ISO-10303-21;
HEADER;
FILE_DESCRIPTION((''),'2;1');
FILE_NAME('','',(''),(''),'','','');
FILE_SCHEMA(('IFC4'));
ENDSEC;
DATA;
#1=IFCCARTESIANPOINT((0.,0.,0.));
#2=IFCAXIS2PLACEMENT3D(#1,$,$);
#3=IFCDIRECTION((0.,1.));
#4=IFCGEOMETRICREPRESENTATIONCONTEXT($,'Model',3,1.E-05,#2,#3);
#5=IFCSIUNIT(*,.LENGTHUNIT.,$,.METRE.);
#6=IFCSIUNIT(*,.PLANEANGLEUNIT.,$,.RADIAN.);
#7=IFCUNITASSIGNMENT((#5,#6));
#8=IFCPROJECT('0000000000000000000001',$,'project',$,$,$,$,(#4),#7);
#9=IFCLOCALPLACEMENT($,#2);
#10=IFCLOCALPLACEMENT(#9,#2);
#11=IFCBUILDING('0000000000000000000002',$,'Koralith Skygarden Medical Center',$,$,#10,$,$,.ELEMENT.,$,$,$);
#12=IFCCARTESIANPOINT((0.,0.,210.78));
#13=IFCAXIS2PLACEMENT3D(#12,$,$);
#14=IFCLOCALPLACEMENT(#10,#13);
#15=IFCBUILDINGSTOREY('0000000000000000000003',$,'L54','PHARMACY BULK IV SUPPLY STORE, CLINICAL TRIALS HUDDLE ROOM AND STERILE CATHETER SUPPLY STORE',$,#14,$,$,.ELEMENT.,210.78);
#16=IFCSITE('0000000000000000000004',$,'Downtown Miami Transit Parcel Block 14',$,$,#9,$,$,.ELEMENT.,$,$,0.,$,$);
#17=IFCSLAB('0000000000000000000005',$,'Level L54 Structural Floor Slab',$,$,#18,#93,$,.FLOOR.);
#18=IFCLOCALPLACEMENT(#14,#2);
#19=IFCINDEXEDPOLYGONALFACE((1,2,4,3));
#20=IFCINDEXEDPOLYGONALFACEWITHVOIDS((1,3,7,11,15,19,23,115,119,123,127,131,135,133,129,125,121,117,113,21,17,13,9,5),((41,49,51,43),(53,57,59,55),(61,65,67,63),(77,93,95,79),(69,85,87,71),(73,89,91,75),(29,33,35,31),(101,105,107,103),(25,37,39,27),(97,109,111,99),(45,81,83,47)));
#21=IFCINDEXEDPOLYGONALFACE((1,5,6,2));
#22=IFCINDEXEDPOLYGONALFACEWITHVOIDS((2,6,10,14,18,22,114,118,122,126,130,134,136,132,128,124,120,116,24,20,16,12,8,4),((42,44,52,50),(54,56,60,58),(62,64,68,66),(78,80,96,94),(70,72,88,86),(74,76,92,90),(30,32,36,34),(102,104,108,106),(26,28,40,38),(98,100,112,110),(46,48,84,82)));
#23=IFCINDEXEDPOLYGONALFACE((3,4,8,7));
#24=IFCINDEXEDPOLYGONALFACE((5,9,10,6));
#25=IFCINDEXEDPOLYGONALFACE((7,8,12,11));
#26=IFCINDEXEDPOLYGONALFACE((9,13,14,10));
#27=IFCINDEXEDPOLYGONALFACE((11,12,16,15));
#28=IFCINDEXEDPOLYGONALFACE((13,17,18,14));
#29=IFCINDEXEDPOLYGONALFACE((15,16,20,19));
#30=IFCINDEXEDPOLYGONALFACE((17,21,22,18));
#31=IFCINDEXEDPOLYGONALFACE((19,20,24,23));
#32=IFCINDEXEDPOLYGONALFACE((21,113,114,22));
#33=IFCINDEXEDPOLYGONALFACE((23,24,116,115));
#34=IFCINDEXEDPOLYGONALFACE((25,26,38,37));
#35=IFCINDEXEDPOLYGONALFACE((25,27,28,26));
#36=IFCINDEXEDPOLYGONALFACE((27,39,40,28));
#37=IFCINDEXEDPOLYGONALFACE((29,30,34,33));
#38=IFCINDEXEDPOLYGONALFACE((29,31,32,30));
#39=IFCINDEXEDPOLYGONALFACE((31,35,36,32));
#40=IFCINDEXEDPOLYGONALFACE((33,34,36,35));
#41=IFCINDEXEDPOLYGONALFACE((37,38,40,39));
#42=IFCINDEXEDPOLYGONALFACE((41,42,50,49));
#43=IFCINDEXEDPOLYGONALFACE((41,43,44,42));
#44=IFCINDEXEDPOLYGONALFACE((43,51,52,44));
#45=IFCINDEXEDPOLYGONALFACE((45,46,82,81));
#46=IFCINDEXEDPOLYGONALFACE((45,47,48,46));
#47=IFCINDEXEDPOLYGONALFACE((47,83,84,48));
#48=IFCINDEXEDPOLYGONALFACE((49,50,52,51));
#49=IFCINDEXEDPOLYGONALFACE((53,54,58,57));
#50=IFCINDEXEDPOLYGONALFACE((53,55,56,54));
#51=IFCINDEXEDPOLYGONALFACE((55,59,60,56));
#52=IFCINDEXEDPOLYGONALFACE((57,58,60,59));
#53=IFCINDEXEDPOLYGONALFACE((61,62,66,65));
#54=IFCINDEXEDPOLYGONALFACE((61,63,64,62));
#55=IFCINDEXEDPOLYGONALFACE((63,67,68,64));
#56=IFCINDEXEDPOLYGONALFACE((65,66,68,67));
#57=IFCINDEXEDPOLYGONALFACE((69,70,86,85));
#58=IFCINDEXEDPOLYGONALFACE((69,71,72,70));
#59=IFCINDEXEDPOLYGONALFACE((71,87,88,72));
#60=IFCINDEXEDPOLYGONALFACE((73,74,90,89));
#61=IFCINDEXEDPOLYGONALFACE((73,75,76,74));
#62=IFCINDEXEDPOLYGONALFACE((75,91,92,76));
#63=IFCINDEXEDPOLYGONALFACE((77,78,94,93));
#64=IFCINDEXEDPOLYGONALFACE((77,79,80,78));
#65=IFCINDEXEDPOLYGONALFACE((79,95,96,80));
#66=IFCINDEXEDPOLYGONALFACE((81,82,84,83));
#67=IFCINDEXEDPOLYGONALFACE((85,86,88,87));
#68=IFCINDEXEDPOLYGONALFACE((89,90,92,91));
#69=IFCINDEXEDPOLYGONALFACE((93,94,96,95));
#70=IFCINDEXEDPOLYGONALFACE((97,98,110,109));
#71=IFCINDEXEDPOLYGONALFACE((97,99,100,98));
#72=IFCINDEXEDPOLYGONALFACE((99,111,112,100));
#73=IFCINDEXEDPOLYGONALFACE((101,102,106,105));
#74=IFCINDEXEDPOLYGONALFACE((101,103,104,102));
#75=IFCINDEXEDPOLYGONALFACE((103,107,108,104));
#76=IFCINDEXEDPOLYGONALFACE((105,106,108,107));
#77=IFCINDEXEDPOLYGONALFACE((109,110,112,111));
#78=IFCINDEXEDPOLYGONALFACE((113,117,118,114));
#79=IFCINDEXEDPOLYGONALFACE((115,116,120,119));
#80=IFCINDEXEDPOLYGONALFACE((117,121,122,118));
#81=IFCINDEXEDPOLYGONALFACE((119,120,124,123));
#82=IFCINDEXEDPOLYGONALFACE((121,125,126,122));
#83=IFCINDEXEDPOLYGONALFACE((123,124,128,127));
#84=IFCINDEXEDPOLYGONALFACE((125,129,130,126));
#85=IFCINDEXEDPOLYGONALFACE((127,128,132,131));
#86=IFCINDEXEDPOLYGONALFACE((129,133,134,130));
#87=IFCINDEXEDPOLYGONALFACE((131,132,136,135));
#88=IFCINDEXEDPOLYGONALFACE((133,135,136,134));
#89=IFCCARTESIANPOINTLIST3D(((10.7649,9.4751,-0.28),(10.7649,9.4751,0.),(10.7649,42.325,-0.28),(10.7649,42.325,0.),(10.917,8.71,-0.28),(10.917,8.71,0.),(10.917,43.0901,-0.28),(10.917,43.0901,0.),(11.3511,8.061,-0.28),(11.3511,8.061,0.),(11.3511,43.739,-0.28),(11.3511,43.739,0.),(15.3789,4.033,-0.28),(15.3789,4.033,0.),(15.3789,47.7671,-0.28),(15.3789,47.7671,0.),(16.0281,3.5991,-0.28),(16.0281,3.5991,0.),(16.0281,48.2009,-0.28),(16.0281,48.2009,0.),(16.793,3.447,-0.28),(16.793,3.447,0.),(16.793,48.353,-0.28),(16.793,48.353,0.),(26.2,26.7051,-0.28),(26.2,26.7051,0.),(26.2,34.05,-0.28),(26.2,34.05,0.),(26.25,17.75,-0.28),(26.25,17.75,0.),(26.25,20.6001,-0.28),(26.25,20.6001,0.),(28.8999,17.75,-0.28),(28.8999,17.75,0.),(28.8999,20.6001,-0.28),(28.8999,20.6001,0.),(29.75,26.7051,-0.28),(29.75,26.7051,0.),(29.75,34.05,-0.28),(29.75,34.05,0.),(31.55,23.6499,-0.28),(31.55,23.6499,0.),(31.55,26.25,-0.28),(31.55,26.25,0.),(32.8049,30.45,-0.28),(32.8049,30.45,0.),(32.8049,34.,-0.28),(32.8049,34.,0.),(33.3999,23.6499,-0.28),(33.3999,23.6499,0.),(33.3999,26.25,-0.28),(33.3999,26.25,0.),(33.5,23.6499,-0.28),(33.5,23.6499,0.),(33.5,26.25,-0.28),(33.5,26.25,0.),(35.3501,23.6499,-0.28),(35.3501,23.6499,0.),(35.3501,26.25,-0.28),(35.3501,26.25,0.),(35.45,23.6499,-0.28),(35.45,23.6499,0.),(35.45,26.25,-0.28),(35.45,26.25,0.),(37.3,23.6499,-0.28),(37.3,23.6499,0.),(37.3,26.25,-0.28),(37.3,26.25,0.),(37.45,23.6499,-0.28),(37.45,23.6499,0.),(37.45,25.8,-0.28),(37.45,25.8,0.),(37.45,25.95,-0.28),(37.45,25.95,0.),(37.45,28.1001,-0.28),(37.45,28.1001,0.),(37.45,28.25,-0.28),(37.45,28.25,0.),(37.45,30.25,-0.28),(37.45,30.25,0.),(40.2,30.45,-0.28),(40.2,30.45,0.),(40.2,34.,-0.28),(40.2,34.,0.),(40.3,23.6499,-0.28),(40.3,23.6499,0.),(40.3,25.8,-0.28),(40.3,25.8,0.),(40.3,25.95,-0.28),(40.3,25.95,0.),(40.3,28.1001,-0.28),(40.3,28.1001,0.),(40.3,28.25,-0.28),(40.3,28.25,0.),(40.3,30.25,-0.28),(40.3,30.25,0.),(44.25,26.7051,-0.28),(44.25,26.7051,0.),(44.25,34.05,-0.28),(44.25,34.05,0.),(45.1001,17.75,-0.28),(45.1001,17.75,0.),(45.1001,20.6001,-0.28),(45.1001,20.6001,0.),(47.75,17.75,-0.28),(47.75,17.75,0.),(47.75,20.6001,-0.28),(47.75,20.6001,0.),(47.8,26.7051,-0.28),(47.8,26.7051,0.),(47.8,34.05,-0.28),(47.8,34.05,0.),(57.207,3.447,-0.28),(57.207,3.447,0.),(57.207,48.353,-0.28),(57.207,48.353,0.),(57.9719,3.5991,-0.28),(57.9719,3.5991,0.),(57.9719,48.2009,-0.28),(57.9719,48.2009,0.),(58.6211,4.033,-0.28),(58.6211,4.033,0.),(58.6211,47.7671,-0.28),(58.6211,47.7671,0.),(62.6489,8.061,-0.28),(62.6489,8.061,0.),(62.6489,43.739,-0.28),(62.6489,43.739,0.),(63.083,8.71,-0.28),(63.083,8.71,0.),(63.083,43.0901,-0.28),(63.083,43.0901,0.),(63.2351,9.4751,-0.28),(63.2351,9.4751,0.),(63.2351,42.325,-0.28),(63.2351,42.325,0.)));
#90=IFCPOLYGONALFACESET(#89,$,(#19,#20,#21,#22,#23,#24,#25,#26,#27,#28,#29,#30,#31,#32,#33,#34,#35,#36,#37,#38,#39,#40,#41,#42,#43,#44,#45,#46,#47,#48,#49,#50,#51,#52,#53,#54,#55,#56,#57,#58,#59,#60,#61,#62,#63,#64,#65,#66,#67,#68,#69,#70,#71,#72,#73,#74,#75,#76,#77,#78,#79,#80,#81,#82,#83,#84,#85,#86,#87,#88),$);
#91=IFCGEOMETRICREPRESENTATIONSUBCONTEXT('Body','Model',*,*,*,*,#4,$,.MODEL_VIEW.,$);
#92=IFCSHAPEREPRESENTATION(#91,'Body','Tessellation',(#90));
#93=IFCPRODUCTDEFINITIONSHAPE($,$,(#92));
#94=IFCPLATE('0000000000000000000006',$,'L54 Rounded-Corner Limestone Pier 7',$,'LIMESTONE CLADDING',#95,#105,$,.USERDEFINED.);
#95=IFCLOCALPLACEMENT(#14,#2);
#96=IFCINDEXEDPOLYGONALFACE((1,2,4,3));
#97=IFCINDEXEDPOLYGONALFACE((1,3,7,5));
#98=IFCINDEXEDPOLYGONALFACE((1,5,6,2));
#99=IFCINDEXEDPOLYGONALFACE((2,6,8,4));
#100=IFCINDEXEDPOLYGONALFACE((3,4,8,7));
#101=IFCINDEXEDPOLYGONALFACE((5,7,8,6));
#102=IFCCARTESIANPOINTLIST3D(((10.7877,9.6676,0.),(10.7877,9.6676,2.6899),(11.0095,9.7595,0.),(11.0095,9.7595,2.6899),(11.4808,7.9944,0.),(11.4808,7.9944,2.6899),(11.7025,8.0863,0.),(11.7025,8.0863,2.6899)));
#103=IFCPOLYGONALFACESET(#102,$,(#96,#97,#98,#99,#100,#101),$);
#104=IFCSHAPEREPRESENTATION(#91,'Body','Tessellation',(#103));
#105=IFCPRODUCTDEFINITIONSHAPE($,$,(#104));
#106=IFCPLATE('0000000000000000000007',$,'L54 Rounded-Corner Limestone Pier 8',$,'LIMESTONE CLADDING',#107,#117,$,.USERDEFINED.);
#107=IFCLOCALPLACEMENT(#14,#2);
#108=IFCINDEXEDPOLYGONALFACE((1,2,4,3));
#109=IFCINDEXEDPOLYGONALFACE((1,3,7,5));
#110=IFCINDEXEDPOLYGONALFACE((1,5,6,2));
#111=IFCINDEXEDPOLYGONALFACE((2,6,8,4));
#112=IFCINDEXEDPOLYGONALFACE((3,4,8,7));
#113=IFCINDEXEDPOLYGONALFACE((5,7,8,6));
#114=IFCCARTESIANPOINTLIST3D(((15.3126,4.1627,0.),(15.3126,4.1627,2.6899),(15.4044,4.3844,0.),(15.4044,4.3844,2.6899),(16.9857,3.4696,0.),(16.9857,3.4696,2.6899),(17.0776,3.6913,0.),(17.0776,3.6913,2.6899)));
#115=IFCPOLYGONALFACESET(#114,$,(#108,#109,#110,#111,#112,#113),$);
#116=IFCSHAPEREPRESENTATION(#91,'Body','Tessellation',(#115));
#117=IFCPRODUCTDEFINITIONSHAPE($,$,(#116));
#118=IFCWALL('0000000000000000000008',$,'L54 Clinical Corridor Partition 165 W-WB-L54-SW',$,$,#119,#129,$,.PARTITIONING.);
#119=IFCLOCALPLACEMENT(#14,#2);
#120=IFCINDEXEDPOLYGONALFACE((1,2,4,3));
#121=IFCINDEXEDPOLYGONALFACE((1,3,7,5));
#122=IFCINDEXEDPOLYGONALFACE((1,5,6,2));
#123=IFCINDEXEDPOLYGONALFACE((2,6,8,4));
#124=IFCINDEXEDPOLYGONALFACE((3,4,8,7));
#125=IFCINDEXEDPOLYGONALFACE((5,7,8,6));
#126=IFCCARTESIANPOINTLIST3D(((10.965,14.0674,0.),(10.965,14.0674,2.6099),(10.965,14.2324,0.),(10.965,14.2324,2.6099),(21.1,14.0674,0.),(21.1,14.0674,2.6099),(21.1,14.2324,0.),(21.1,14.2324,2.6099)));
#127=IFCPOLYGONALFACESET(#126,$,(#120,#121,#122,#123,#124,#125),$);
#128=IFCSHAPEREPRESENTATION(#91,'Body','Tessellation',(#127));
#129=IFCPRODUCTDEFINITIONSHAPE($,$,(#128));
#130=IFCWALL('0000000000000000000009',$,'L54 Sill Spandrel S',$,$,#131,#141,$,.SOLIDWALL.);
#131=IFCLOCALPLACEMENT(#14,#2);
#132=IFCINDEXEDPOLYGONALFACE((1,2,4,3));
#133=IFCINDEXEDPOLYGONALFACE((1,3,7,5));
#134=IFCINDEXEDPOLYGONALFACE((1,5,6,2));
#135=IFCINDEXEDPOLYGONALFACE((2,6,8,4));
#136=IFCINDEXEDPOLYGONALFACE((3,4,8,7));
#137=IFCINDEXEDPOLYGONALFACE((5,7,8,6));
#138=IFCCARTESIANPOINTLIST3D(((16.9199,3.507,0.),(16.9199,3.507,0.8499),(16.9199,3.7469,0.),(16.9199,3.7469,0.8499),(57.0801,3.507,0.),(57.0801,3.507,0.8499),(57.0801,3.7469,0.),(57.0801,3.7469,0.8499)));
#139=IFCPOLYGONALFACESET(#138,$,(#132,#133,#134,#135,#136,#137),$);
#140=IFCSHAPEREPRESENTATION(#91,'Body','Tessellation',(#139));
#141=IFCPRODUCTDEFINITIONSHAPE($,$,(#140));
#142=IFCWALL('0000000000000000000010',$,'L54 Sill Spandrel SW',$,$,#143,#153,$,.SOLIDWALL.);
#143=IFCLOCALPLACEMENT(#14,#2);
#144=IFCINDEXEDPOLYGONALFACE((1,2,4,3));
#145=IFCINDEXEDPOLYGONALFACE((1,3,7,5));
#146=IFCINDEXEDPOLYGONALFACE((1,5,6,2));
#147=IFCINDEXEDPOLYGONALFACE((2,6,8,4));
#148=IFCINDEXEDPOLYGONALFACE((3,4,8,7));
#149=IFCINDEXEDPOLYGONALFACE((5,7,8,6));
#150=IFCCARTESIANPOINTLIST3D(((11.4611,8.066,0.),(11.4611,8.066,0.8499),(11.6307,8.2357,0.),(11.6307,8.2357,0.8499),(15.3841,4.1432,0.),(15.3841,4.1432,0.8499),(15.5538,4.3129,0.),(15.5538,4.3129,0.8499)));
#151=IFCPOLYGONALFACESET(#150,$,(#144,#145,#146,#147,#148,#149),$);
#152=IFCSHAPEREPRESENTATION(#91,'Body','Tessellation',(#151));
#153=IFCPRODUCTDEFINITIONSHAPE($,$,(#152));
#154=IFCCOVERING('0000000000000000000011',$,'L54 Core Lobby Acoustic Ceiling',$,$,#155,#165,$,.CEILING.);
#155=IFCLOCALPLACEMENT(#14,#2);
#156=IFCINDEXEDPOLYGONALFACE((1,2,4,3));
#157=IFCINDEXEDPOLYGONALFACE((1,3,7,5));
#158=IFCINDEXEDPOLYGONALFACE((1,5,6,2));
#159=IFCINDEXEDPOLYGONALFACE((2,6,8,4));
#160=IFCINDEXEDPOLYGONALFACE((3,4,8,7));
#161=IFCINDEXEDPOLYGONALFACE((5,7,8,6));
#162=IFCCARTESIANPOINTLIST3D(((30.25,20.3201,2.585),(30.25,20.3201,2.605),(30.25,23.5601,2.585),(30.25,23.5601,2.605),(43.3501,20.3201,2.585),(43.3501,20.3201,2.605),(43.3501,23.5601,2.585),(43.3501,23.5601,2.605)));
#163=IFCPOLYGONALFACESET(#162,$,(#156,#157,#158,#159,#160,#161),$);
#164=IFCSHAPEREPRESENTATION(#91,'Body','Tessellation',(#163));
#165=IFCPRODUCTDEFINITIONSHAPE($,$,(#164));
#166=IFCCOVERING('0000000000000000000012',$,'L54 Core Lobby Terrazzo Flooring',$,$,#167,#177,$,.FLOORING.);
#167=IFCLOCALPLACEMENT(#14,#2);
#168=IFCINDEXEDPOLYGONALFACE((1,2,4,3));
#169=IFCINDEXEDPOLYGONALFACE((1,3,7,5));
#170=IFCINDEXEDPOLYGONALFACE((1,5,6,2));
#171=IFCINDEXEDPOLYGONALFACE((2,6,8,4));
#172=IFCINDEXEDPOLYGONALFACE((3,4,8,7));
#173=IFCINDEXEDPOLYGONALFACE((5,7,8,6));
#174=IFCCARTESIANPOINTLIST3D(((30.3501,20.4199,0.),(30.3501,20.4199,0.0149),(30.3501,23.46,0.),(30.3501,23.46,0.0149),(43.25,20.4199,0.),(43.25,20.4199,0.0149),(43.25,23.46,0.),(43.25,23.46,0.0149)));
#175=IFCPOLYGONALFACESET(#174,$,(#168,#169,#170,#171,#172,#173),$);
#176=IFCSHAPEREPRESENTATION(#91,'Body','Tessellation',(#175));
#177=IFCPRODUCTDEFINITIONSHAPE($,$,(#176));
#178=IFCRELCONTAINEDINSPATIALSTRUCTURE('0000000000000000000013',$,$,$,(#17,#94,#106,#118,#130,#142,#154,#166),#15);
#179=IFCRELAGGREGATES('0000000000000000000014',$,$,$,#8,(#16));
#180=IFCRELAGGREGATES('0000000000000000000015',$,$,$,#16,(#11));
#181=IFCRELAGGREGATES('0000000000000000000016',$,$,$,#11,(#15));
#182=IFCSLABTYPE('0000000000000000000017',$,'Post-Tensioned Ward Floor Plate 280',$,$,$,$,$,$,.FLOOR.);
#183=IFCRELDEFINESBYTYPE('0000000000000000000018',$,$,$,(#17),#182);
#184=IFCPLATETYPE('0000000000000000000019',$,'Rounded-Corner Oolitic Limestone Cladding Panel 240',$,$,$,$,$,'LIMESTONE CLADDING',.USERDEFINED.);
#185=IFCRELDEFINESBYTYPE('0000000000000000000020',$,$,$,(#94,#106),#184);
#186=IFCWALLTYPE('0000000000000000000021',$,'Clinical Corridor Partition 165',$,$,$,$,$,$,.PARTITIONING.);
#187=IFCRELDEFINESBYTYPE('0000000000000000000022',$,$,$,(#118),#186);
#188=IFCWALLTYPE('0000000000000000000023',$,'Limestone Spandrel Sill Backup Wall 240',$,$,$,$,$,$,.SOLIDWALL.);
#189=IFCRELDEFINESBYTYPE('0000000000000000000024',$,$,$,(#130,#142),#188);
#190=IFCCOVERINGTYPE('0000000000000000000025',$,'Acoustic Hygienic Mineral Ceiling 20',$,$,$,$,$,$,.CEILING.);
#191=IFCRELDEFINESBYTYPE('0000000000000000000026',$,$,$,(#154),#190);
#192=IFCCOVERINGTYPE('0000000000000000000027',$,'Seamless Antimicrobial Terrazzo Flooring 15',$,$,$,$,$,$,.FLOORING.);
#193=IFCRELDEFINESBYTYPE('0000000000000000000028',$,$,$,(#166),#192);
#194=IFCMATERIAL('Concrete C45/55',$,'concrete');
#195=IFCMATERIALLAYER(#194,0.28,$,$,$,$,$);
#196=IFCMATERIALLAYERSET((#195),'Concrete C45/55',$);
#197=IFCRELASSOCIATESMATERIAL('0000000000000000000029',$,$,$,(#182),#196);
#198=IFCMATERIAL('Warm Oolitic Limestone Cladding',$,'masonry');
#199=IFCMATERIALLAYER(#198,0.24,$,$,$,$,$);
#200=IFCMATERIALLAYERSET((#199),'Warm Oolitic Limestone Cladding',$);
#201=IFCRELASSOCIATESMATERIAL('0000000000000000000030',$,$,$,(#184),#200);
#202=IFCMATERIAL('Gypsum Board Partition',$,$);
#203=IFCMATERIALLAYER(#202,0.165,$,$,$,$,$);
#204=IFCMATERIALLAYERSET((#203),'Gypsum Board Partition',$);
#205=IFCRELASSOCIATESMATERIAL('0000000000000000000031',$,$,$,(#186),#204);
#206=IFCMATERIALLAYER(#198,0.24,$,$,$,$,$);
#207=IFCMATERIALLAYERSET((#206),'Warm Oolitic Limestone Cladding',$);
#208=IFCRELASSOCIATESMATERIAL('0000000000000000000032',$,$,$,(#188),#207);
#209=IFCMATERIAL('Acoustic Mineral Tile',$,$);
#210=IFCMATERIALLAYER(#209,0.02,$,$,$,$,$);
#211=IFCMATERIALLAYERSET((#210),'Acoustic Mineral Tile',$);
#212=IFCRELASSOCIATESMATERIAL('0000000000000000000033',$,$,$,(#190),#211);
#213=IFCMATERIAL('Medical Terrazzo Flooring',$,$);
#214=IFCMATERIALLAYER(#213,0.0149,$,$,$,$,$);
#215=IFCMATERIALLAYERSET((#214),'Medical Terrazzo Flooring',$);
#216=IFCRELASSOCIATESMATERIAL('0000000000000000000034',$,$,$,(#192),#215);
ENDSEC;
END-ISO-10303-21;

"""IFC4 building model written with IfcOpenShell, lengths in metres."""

from ifc_helpers import new_model, si_unit, direction, frame, frame_2d, origin, origin_2d, place, context, subcontext, project, spatial, polyline, rectangle, outline, extrude, material, layer, layer_set, type_object, element, save


model = new_model("IFC4")

# Units and contexts
model_context = context("Model", 3, precision=1e-05, world=origin(), true_north=direction((0.0, 1.0)))
body_context = subcontext(model_context, "Body", "Model", "MODEL_VIEW")
ifc_project = project(units=[si_unit("LENGTHUNIT", "METRE"), si_unit("PLANEANGLEUNIT", "RADIAN")], contexts=[model_context])

# Site, building, storey
site_placement = place(None, origin())
site = spatial("IfcSite", under=ifc_project, at=site_placement, Name="Downtown Miami Transit Parcel Block 14", CompositionType="ELEMENT", RefElevation=0.0)
building_placement = place(site_placement, origin())
building = spatial("IfcBuilding", under=site, at=building_placement, Name="Koralith Skygarden Medical Center", CompositionType="ELEMENT")
storey_placement = place(building_placement, frame((0.0, 0.0, 210.78)))
storey = spatial("IfcBuildingStorey", under=building, at=storey_placement, Name="L54", Description="PHARMACY BULK IV SUPPLY STORE, CLINICAL TRIALS HUDDLE ROOM AND STERILE CATHETER SUPPLY STORE", CompositionType="ELEMENT", Elevation=210.78)

# Shared definitions
ifc_material_1 = material(Name="Concrete C45/55", Category="concrete")

# Slab
ifc_layer_1 = layer(ifc_material_1, 0.28)
ifc_layer_set_1 = layer_set([ifc_layer_1], Name="Concrete C45/55")
slab_type_1 = type_object("IfcSlabType", Name="Post-Tensioned Ward Floor Plate 280", PredefinedType="FLOOR", material=ifc_layer_set_1)
slab_1_placement = place(storey_placement, frame((0.0, 0.0, -0.28)))
element("IfcSlab", 1, at=slab_1_placement, inside=storey, type_object=slab_type_1, Name="Level L54 Structural Floor Slab", PredefinedType="FLOOR", context=body_context, shape_type="SweptSolid", body=[
    extrude(outline(polyline([(15.3789, 4.033), (16.0281, 3.5991), (16.793, 3.447), (57.207, 3.447), (57.9719, 3.5991), (58.6211, 4.033), (62.6489, 8.061), (63.083, 8.71), (63.2351, 9.4751), (63.2351, 42.325), (63.083, 43.0901), (62.6489, 43.739), (58.6211, 47.7671), (57.9719, 48.2009), (57.207, 48.353), (16.793, 48.353), (16.0281, 48.2009), (15.3789, 47.7671), (11.3511, 43.739), (10.917, 43.0901), (10.7649, 42.325), (10.7649, 9.4751), (10.917, 8.71), (11.3511, 8.061), (15.3789, 4.033)]), holes=[polyline([(26.2, 26.7051), (29.75, 26.7051), (29.75, 34.05), (26.2, 34.05), (26.2, 26.7051)]), polyline([(44.25, 26.7051), (47.8, 26.7051), (47.8, 34.05), (44.25, 34.05), (44.25, 26.7051)]), polyline([(32.8049, 30.45), (40.2, 30.45), (40.2, 34.0), (32.8049, 34.0), (32.8049, 30.45)]), polyline([(26.25, 17.75), (28.8999, 17.75), (28.8999, 20.6001), (26.25, 20.6001), (26.25, 17.75)]), polyline([(45.1001, 17.75), (47.75, 17.75), (47.75, 20.6001), (45.1001, 20.6001), (45.1001, 17.75)]), polyline([(31.55, 23.6499), (33.3999, 23.6499), (33.3999, 26.25), (31.55, 26.25), (31.55, 23.6499)]), polyline([(33.5, 23.6499), (35.3501, 23.6499), (35.3501, 26.25), (33.5, 26.25), (33.5, 23.6499)]), polyline([(35.45, 23.6499), (37.3, 23.6499), (37.3, 26.25), (35.45, 26.25), (35.45, 23.6499)]), polyline([(37.45, 23.6499), (40.3, 23.6499), (40.3, 25.8), (37.45, 25.8), (37.45, 23.6499)]), polyline([(37.45, 25.95), (40.3, 25.95), (40.3, 28.1001), (37.45, 28.1001), (37.45, 25.95)]), polyline([(37.45, 28.25), (40.3, 28.25), (40.3, 30.25), (37.45, 30.25), (37.45, 28.25)])]), origin(), (0.0, 0.0, 1.0), 0.28),
])

# Plates
ifc_material_2 = material(Name="Warm Oolitic Limestone Cladding", Category="masonry")
ifc_layer_2 = layer(ifc_material_2, 0.24)
ifc_layer_set_2 = layer_set([ifc_layer_2], Name="Warm Oolitic Limestone Cladding")
plate_type_1 = type_object("IfcPlateType", Name="Rounded-Corner Oolitic Limestone Cladding Panel 240", ElementType="LIMESTONE CLADDING", PredefinedType="USERDEFINED", material=ifc_layer_set_2)
for number, where, z_axis, x_axis, name in (
    (2, (11.2451, 8.877, 0.0), (0.0, 0.0, 1.0), (0.382671, -0.923885, 0.0), "L54 Rounded-Corner Limestone Pier 7"),
    (3, (16.1951, 3.927, 0.0), (0.0, 0.0, 1.0), (0.923885, -0.382671, 0.0), "L54 Rounded-Corner Limestone Pier 8"),
):
    element("IfcPlate", number, at=place(storey_placement, frame(where, z_axis=z_axis, x_axis=x_axis)), inside=storey, type_object=plate_type_1, Name=name, ObjectType="LIMESTONE CLADDING", PredefinedType="USERDEFINED", context=body_context, shape_type="SweptSolid", body=[
        extrude(rectangle(XDim=1.811, YDim=0.24, at=origin_2d()), origin(), (0.0, 0.0, 1.0), 2.6899),
    ])

# Walls
ifc_material_3 = material(Name="Gypsum Board Partition")
ifc_layer_3 = layer(ifc_material_3, 0.165)
ifc_layer_set_3 = layer_set([ifc_layer_3], Name="Gypsum Board Partition")
wall_type_1 = type_object("IfcWallType", Name="Clinical Corridor Partition 165", PredefinedType="PARTITIONING", material=ifc_layer_set_3)
wall_1_placement = place(storey_placement, frame((10.9651, 14.1499, 0.0), z_axis=(0.0, 0.0, 1.0), x_axis=(1.0, 0.0, 0.0)))
element("IfcWall", 4, at=wall_1_placement, inside=storey, type_object=wall_type_1, Name="L54 Clinical Corridor Partition 165 W-WB-L54-SW", PredefinedType="PARTITIONING", context=body_context, shape_type="SweptSolid", body=[
    extrude(rectangle(XDim=10.135, YDim=0.165, at=frame_2d((5.0674, 0.0))), origin(), (0.0, 0.0, 1.0), 2.6099),
])
ifc_layer_4 = layer(ifc_material_2, 0.24)
ifc_layer_set_4 = layer_set([ifc_layer_4], Name="Warm Oolitic Limestone Cladding")
wall_type_2 = type_object("IfcWallType", Name="Limestone Spandrel Sill Backup Wall 240", PredefinedType="SOLIDWALL", material=ifc_layer_set_4)
wall_2_placement = place(storey_placement, frame((16.9199, 3.627, 0.0), z_axis=(0.0, 0.0, 1.0), x_axis=(1.0, 0.0, 0.0)))
element("IfcWall", 5, at=wall_2_placement, inside=storey, type_object=wall_type_2, Name="L54 Sill Spandrel S", PredefinedType="SOLIDWALL", context=body_context, shape_type="SweptSolid", body=[
    extrude(rectangle(XDim=40.1602, YDim=0.24, at=frame_2d((20.0801, 0.0))), origin(), (0.0, 0.0, 1.0), 0.8499),
])
wall_3_placement = place(storey_placement, frame((11.5459, 8.1509, 0.0), z_axis=(0.0, 0.0, 1.0), x_axis=(0.707129, -0.707085, 0.0)))
element("IfcWall", 6, at=wall_3_placement, inside=storey, type_object=wall_type_2, Name="L54 Sill Spandrel SW", PredefinedType="SOLIDWALL", context=body_context, shape_type="SweptSolid", body=[
    extrude(rectangle(XDim=5.5479, YDim=0.24, at=frame_2d((2.7739, 0.0))), origin(), (0.0, 0.0, 1.0), 0.8499),
])

# Coverings
ifc_material_4 = material(Name="Acoustic Mineral Tile")
ifc_layer_5 = layer(ifc_material_4, 0.02)
ifc_layer_set_5 = layer_set([ifc_layer_5], Name="Acoustic Mineral Tile")
covering_type_1 = type_object("IfcCoveringType", Name="Acoustic Hygienic Mineral Ceiling 20", PredefinedType="CEILING", material=ifc_layer_set_5)
covering_1_placement = place(storey_placement, frame((0.0, 0.0, 2.585)))
element("IfcCovering", 7, at=covering_1_placement, inside=storey, type_object=covering_type_1, Name="L54 Core Lobby Acoustic Ceiling", PredefinedType="CEILING", context=body_context, shape_type="SweptSolid", body=[
    extrude(outline(polyline([(30.25, 20.3201), (43.3501, 20.3201), (43.3501, 23.5601), (30.25, 23.5601), (30.25, 20.3201)])), origin(), (0.0, 0.0, 1.0), 0.02),
])
ifc_material_5 = material(Name="Medical Terrazzo Flooring")
ifc_layer_6 = layer(ifc_material_5, 0.0149)
ifc_layer_set_6 = layer_set([ifc_layer_6], Name="Medical Terrazzo Flooring")
covering_type_2 = type_object("IfcCoveringType", Name="Seamless Antimicrobial Terrazzo Flooring 15", PredefinedType="FLOORING", material=ifc_layer_set_6)
covering_2_placement = place(storey_placement, origin())
element("IfcCovering", 8, at=covering_2_placement, inside=storey, type_object=covering_type_2, Name="L54 Core Lobby Terrazzo Flooring", PredefinedType="FLOORING", context=body_context, shape_type="SweptSolid", body=[
    extrude(outline(polyline([(30.3501, 20.4199), (43.25, 20.4199), (43.25, 23.46), (30.3501, 23.46), (30.3501, 20.4199)])), origin(), (0.0, 0.0, 1.0), 0.0149),
])

save(model, "model.ifc")
